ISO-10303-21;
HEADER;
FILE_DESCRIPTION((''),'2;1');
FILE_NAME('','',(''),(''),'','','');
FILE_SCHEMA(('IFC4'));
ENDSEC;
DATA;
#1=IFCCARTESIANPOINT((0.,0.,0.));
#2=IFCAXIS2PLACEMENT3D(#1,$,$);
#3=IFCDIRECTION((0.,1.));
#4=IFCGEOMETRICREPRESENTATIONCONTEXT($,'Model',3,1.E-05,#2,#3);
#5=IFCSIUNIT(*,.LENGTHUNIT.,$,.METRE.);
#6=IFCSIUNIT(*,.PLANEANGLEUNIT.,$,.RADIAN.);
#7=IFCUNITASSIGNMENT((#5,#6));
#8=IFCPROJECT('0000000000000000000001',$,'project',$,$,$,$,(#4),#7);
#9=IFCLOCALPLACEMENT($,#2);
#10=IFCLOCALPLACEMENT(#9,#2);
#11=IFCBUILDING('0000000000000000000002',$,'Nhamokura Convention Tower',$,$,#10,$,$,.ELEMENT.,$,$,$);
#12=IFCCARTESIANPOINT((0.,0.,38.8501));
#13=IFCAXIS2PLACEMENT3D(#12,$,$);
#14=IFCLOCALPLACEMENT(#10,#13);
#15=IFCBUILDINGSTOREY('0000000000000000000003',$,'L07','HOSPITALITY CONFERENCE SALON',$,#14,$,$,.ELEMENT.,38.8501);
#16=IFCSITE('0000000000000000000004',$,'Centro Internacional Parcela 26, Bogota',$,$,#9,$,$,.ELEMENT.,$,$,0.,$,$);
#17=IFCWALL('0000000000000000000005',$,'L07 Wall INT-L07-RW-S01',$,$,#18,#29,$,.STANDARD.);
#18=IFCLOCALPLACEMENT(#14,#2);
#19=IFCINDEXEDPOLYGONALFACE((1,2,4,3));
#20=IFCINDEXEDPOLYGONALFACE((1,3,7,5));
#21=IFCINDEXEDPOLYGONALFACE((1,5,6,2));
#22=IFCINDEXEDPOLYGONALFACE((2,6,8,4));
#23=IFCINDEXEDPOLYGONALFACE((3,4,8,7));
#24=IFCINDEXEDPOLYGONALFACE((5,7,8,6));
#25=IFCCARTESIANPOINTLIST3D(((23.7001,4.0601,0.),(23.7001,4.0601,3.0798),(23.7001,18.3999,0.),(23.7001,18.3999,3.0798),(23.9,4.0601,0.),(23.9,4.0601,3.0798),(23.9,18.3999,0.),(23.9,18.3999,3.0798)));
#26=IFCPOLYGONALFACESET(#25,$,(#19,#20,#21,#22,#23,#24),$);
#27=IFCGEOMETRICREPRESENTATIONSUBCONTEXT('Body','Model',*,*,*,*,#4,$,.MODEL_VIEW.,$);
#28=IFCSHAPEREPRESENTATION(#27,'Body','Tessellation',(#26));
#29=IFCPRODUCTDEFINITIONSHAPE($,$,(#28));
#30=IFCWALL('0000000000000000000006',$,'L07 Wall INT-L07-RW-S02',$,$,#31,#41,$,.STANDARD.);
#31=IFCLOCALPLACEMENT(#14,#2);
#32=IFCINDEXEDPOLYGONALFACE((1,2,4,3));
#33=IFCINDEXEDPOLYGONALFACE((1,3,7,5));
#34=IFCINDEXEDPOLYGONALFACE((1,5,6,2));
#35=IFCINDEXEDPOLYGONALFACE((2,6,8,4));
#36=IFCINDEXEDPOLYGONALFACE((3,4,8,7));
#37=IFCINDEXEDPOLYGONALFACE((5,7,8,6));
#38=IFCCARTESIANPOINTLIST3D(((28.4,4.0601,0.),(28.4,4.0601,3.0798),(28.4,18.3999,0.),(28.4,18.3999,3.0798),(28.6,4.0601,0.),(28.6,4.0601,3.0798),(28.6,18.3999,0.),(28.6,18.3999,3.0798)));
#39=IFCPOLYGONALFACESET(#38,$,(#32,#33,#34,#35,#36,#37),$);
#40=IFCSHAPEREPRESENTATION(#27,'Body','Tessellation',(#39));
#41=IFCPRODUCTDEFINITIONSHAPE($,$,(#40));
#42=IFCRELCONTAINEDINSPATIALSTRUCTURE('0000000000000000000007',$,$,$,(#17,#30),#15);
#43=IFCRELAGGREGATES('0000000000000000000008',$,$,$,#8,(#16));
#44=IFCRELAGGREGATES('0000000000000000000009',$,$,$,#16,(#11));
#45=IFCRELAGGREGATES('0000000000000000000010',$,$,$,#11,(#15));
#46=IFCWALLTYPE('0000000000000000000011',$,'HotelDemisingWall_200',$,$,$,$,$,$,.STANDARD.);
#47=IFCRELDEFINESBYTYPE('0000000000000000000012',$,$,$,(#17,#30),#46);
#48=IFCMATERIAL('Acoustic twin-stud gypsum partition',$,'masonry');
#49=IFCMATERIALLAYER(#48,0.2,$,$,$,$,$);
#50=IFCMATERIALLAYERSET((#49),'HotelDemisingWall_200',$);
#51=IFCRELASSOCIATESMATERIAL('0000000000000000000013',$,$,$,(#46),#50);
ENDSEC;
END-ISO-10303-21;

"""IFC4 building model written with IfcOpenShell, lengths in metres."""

from ifc_helpers import new_model, si_unit, direction, frame, frame_2d, origin, place, context, subcontext, project, spatial, rectangle, extrude, material, layer, layer_set, type_object, element, save


model = new_model("IFC4")

# Units and contexts
model_context = context("Model", 3, precision=1e-05, world=origin(), true_north=direction((0.0, 1.0)))
body_context = subcontext(model_context, "Body", "Model", "MODEL_VIEW")
ifc_project = project(units=[si_unit("LENGTHUNIT", "METRE"), si_unit("PLANEANGLEUNIT", "RADIAN")], contexts=[model_context])

# Site, building, storey
site_placement = place(None, origin())
site = spatial("IfcSite", under=ifc_project, at=site_placement, Name="Centro Internacional Parcela 26, Bogota", CompositionType="ELEMENT", RefElevation=0.0)
building_placement = place(site_placement, origin())
building = spatial("IfcBuilding", under=site, at=building_placement, Name="Nhamokura Convention Tower", CompositionType="ELEMENT")
storey_placement = place(building_placement, frame((0.0, 0.0, 38.8501)))
storey = spatial("IfcBuildingStorey", under=building, at=storey_placement, Name="L07", Description="HOSPITALITY CONFERENCE SALON", CompositionType="ELEMENT", Elevation=38.8501)

# Walls
ifc_material_1 = material(Name="Acoustic twin-stud gypsum partition", Category="masonry")
ifc_layer_1 = layer(ifc_material_1, 0.2)
ifc_layer_set_1 = layer_set([ifc_layer_1], Name="HotelDemisingWall_200")
wall_type_1 = type_object("IfcWallType", Name="HotelDemisingWall_200", PredefinedType="STANDARD", material=ifc_layer_set_1)
for number, where, z_axis, x_axis, name in (
    (1, (23.8, 4.0601, 0.0), (0.0, 0.0, 1.0), (0.0, 1.0, 0.0), "L07 Wall INT-L07-RW-S01"),
    (2, (28.5, 4.0601, 0.0), (0.0, 0.0, 1.0), (0.0, 1.0, 0.0), "L07 Wall INT-L07-RW-S02"),
):
    element("IfcWall", number, at=place(storey_placement, frame(where, z_axis=z_axis, x_axis=x_axis)), inside=storey, type_object=wall_type_1, Name=name, PredefinedType="STANDARD", context=body_context, shape_type="SweptSolid", body=[
        extrude(rectangle(XDim=14.3398, YDim=0.2, at=frame_2d((7.1699, 0.0))), origin(), (0.0, 0.0, 1.0), 3.0798),
    ])

save(model, "model.ifc")
